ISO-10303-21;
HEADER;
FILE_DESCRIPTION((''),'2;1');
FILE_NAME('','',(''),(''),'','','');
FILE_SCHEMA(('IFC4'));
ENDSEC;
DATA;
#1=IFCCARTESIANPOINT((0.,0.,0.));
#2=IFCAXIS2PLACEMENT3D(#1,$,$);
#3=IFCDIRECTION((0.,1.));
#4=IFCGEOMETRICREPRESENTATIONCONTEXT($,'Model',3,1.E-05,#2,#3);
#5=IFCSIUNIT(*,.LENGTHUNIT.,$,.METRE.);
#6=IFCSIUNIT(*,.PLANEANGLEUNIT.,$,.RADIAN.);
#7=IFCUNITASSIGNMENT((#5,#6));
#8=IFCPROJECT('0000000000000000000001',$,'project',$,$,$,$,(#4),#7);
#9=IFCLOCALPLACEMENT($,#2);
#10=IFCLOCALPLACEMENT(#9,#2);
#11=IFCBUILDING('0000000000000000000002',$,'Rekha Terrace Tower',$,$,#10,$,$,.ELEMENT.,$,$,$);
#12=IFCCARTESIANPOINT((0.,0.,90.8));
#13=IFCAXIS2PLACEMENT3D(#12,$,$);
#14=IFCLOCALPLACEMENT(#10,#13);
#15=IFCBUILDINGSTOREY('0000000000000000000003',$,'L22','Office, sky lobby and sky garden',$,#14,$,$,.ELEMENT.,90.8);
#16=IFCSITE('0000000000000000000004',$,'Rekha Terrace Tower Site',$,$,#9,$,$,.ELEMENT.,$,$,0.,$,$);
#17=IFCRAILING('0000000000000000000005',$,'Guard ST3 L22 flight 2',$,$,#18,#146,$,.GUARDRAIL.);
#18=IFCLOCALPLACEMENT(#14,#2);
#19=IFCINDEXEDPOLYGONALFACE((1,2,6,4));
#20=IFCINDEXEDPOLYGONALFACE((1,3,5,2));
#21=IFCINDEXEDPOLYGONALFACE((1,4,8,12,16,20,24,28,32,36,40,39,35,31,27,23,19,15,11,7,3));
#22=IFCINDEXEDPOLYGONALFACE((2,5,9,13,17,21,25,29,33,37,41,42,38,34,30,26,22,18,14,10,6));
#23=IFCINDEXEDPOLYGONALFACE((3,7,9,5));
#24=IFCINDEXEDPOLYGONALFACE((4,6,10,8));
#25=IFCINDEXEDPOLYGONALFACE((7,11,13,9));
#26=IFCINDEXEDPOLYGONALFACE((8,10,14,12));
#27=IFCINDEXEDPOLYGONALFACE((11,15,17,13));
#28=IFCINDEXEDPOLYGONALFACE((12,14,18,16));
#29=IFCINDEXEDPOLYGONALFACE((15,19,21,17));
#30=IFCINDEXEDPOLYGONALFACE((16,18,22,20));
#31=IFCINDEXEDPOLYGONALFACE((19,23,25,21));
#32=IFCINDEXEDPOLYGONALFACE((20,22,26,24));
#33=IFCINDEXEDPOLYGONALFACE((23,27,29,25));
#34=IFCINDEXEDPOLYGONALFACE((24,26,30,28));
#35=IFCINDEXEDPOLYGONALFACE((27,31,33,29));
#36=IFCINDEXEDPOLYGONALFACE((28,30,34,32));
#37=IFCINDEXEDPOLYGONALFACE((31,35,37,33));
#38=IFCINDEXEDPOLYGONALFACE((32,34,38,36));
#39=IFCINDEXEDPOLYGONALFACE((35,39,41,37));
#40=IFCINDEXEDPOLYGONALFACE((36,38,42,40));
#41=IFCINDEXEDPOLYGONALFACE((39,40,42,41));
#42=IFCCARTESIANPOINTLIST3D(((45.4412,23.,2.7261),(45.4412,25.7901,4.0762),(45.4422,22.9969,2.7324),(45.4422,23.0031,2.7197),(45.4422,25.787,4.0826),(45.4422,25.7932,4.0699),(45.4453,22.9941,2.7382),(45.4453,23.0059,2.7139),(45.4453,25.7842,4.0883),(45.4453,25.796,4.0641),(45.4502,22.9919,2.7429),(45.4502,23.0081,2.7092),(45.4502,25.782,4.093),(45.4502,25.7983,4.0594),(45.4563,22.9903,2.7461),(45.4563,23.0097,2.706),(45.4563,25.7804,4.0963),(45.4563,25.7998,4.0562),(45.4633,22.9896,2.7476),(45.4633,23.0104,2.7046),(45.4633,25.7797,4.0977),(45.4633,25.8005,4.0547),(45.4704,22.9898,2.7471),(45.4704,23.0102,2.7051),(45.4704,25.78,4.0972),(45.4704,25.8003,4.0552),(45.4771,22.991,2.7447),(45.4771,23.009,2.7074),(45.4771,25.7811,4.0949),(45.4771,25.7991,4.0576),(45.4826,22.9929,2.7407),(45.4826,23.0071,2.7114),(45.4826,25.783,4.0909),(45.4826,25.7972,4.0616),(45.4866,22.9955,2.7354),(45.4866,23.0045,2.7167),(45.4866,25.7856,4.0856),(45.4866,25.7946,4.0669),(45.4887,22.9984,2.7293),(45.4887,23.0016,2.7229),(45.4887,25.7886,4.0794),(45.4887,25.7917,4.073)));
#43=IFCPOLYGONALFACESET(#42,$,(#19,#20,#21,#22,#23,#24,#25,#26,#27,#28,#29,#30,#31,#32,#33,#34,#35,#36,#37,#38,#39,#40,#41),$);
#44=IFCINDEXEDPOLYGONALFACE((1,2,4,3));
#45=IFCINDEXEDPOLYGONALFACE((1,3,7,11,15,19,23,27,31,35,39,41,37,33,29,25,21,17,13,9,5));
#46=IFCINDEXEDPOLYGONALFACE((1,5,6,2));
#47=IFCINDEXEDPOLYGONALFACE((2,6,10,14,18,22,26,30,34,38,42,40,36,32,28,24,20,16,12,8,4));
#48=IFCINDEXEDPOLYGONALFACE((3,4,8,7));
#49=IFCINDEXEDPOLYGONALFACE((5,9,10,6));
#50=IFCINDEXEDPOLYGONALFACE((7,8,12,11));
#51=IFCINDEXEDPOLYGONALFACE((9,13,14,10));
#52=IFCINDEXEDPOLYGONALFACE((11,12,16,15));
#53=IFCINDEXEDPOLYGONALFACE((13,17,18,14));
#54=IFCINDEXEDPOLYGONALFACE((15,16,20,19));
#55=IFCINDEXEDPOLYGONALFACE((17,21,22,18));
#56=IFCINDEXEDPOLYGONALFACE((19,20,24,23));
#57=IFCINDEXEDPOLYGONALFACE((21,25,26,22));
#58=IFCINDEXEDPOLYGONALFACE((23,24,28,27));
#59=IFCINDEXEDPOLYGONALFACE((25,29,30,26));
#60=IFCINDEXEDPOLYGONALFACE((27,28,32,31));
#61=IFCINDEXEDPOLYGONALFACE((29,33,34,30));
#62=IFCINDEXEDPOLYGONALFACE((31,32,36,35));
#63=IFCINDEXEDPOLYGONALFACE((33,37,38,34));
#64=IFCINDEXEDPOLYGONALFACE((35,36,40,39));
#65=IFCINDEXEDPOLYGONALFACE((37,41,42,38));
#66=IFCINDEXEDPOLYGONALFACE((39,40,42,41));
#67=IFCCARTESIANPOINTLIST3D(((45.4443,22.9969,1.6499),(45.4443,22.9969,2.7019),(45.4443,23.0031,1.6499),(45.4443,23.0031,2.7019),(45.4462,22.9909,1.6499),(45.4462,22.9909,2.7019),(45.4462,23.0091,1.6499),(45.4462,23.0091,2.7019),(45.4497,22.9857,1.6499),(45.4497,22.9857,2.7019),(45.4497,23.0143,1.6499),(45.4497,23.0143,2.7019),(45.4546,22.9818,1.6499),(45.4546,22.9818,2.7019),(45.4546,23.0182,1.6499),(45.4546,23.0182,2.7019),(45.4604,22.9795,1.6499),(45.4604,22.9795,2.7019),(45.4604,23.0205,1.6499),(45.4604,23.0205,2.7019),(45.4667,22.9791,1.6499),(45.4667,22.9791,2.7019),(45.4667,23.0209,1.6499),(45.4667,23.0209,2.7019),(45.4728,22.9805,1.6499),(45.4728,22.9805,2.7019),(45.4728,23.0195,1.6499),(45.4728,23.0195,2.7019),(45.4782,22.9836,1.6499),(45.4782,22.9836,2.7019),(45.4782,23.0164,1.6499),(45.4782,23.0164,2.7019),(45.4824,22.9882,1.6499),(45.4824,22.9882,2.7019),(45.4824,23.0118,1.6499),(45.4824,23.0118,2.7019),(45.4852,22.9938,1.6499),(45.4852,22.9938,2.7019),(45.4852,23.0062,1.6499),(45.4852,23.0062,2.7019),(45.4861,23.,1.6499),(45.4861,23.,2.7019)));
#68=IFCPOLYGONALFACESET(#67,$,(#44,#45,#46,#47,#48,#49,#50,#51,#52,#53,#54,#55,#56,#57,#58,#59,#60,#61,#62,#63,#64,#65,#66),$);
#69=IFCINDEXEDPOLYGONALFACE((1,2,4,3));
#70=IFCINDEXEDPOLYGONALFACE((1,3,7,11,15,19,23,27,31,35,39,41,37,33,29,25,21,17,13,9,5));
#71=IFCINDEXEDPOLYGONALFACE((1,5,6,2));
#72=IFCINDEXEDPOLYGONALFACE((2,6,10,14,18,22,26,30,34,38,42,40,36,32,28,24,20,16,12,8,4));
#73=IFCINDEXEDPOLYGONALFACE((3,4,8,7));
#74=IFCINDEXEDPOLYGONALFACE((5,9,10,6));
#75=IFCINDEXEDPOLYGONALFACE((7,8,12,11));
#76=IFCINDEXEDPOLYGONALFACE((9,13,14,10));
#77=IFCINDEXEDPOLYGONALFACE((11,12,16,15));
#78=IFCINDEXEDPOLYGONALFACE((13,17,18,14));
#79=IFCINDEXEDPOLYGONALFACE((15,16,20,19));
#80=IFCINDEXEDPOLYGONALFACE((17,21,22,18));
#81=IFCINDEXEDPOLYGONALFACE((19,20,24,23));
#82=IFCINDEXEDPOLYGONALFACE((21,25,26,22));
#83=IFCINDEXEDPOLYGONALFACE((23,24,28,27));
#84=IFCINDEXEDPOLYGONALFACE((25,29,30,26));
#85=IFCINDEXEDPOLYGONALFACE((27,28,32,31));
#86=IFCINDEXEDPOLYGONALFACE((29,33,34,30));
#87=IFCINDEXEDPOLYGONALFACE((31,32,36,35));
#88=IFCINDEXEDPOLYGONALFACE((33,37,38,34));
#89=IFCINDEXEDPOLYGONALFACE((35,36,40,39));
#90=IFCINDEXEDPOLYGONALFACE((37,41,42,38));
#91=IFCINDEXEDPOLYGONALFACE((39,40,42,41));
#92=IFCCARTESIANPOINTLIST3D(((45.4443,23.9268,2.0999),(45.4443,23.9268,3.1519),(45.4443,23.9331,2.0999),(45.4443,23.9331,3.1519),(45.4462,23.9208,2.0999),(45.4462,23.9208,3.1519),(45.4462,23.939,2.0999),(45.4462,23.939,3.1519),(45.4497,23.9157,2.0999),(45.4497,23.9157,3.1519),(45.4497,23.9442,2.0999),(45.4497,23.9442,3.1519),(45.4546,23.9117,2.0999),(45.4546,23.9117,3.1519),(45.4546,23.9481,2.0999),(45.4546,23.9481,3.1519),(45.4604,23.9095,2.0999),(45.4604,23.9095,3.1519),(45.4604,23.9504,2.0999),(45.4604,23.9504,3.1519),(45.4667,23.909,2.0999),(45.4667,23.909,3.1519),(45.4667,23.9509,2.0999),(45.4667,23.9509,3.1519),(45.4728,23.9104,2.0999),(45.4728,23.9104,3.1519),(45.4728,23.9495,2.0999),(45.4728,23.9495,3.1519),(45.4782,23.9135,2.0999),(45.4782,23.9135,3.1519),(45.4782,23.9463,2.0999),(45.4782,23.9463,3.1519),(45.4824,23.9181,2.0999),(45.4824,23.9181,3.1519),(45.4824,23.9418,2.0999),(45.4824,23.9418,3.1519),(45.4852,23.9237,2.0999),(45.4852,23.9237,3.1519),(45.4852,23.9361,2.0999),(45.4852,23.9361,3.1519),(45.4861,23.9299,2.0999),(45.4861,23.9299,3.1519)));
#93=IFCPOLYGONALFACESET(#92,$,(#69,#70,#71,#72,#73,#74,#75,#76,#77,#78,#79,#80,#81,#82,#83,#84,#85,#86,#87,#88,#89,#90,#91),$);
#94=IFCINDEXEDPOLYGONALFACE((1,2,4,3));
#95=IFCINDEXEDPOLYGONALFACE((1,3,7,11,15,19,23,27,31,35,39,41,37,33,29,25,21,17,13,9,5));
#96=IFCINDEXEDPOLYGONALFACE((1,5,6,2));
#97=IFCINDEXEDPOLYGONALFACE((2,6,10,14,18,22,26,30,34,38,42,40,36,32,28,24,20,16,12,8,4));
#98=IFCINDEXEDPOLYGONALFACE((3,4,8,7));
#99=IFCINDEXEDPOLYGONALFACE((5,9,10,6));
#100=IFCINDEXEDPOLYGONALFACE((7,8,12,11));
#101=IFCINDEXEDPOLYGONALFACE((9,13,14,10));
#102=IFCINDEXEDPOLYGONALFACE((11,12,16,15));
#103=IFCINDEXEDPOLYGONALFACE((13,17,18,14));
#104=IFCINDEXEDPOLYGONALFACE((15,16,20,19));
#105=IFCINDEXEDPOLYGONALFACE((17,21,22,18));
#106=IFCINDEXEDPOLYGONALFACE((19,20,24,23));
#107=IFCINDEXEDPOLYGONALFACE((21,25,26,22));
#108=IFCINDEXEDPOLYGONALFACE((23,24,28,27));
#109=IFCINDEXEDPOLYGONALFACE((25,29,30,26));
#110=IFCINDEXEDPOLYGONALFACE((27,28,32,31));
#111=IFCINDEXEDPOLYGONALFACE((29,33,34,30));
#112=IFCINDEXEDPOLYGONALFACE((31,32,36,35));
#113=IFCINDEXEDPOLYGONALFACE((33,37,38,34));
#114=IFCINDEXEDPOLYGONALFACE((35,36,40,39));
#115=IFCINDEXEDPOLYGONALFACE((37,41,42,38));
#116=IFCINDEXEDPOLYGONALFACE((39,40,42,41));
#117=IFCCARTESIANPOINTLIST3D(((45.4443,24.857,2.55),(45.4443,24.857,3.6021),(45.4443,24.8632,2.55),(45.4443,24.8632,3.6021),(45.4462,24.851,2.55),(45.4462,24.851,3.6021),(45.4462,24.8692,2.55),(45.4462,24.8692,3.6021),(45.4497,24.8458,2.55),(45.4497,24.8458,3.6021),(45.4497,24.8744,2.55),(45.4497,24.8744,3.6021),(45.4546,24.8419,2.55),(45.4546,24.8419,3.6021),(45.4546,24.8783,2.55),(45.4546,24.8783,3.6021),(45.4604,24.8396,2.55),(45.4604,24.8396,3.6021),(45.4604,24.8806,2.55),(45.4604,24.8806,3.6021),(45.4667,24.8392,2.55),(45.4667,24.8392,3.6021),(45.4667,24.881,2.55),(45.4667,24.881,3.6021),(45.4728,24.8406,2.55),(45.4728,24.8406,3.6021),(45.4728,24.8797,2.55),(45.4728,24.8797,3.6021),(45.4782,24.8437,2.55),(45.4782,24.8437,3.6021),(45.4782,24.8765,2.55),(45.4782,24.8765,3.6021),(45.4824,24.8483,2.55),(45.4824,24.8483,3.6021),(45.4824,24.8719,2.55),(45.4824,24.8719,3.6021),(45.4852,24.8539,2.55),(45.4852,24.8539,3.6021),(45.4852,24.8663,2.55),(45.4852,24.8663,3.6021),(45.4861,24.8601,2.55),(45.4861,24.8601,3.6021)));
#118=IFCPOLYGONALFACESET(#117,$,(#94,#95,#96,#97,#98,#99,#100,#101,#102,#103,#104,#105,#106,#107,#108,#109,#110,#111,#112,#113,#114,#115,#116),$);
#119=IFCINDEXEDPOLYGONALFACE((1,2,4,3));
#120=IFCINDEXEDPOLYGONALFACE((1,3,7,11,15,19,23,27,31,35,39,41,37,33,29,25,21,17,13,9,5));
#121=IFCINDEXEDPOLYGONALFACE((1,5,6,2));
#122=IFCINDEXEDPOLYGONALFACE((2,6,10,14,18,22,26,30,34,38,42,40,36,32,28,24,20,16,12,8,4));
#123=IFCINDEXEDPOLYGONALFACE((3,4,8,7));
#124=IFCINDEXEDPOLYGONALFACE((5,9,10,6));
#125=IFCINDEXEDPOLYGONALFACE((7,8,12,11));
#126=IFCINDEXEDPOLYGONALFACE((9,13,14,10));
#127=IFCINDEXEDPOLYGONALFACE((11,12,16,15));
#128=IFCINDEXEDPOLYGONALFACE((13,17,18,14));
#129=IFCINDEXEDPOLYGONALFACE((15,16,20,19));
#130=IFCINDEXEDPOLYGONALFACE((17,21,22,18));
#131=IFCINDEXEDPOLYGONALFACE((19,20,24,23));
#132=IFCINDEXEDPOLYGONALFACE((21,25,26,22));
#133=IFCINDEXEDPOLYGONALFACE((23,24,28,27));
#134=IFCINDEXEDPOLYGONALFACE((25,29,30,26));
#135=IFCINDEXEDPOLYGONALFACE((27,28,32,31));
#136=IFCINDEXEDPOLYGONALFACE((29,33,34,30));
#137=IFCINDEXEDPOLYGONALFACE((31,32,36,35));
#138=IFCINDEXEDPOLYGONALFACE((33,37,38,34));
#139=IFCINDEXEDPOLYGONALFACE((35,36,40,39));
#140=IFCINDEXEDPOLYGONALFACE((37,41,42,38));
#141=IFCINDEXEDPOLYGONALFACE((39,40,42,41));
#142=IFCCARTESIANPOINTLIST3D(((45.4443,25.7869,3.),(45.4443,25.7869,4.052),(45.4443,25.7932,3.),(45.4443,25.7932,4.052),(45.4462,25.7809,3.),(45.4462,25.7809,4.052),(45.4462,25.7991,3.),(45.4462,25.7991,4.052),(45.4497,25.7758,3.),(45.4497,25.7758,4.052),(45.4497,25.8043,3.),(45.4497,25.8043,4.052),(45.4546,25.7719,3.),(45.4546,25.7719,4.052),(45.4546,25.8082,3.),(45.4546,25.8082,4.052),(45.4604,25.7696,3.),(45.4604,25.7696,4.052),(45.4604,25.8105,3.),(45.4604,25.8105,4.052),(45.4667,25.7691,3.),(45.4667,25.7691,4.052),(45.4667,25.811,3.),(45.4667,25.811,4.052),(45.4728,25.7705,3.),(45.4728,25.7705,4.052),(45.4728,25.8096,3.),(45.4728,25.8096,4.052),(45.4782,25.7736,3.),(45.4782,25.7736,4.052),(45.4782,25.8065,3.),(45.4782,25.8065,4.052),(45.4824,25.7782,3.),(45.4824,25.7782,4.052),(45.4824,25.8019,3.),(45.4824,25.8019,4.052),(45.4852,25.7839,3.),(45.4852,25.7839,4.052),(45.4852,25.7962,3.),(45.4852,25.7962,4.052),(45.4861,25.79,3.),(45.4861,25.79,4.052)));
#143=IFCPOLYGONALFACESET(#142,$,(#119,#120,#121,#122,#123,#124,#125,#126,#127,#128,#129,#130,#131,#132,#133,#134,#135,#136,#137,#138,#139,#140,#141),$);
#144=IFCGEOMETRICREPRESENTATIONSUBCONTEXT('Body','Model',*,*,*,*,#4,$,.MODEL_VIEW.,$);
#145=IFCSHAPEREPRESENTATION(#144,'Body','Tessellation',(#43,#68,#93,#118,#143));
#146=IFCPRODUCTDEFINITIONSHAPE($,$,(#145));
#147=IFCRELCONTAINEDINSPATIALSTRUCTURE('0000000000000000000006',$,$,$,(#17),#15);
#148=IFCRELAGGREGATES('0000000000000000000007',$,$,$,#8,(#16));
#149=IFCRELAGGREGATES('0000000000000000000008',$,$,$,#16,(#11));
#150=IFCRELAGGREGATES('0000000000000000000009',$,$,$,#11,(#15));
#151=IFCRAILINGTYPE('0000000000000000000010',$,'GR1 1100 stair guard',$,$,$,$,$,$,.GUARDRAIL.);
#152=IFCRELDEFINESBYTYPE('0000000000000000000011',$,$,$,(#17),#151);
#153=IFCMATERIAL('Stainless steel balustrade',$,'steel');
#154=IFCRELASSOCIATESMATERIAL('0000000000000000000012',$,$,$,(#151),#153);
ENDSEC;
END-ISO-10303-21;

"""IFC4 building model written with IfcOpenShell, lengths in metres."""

from ifc_helpers import new_model, si_unit, direction, frame, origin, origin_2d, place, context, subcontext, project, spatial, circle, extrude, material, type_object, element, save


model = new_model("IFC4")

# Units and contexts
model_context = context("Model", 3, precision=1e-05, world=origin(), true_north=direction((0.0, 1.0)))
body_context = subcontext(model_context, "Body", "Model", "MODEL_VIEW")
ifc_project = project(units=[si_unit("LENGTHUNIT", "METRE"), si_unit("PLANEANGLEUNIT", "RADIAN")], contexts=[model_context])

# Site, building, storey
site_placement = place(None, origin())
site = spatial("IfcSite", under=ifc_project, at=site_placement, Name="Rekha Terrace Tower Site", CompositionType="ELEMENT", RefElevation=0.0)
building_placement = place(site_placement, origin())
building = spatial("IfcBuilding", under=site, at=building_placement, Name="Rekha Terrace Tower", CompositionType="ELEMENT")
storey_placement = place(building_placement, frame((0.0, 0.0, 90.8)))
storey = spatial("IfcBuildingStorey", under=building, at=storey_placement, Name="L22", Description="Office, sky lobby and sky garden", CompositionType="ELEMENT", Elevation=90.8)

# Railing
ifc_material_1 = material(Name="Stainless steel balustrade", Category="steel")
railing_type_1 = type_object("IfcRailingType", Name="GR1 1100 stair guard", PredefinedType="GUARDRAIL", material=ifc_material_1)
railing_1_placement = place(storey_placement, frame((45.4651, 23.0, 1.6499)))
element("IfcRailing", 1, at=railing_1_placement, inside=storey, type_object=railing_type_1, Name="Guard ST3 L22 flight 2", PredefinedType="GUARDRAIL", context=body_context, shape_type="SweptSolid", body=[
    extrude(circle(Radius=0.0239, at=origin_2d()), frame((0.0, 0.0, 1.0762), z_axis=(0.0, 0.900149, 0.435582), x_axis=(-1.0, 0.0, 0.0)), (0.0, 0.0, 1.0), 3.0996),
    extrude(circle(Radius=0.021, at=origin_2d()), origin(), (0.0, 0.0, 1.0), 1.052),
    extrude(circle(Radius=0.021, at=origin_2d()), frame((0.0, 0.9299, 0.45)), (0.0, 0.0, 1.0), 1.052),
    extrude(circle(Radius=0.021, at=origin_2d()), frame((0.0, 1.8601, 0.9001)), (0.0, 0.0, 1.0), 1.052),
    extrude(circle(Radius=0.021, at=origin_2d()), frame((0.0, 2.79, 1.3501)), (0.0, 0.0, 1.0), 1.052),
])

save(model, "model.ifc")
